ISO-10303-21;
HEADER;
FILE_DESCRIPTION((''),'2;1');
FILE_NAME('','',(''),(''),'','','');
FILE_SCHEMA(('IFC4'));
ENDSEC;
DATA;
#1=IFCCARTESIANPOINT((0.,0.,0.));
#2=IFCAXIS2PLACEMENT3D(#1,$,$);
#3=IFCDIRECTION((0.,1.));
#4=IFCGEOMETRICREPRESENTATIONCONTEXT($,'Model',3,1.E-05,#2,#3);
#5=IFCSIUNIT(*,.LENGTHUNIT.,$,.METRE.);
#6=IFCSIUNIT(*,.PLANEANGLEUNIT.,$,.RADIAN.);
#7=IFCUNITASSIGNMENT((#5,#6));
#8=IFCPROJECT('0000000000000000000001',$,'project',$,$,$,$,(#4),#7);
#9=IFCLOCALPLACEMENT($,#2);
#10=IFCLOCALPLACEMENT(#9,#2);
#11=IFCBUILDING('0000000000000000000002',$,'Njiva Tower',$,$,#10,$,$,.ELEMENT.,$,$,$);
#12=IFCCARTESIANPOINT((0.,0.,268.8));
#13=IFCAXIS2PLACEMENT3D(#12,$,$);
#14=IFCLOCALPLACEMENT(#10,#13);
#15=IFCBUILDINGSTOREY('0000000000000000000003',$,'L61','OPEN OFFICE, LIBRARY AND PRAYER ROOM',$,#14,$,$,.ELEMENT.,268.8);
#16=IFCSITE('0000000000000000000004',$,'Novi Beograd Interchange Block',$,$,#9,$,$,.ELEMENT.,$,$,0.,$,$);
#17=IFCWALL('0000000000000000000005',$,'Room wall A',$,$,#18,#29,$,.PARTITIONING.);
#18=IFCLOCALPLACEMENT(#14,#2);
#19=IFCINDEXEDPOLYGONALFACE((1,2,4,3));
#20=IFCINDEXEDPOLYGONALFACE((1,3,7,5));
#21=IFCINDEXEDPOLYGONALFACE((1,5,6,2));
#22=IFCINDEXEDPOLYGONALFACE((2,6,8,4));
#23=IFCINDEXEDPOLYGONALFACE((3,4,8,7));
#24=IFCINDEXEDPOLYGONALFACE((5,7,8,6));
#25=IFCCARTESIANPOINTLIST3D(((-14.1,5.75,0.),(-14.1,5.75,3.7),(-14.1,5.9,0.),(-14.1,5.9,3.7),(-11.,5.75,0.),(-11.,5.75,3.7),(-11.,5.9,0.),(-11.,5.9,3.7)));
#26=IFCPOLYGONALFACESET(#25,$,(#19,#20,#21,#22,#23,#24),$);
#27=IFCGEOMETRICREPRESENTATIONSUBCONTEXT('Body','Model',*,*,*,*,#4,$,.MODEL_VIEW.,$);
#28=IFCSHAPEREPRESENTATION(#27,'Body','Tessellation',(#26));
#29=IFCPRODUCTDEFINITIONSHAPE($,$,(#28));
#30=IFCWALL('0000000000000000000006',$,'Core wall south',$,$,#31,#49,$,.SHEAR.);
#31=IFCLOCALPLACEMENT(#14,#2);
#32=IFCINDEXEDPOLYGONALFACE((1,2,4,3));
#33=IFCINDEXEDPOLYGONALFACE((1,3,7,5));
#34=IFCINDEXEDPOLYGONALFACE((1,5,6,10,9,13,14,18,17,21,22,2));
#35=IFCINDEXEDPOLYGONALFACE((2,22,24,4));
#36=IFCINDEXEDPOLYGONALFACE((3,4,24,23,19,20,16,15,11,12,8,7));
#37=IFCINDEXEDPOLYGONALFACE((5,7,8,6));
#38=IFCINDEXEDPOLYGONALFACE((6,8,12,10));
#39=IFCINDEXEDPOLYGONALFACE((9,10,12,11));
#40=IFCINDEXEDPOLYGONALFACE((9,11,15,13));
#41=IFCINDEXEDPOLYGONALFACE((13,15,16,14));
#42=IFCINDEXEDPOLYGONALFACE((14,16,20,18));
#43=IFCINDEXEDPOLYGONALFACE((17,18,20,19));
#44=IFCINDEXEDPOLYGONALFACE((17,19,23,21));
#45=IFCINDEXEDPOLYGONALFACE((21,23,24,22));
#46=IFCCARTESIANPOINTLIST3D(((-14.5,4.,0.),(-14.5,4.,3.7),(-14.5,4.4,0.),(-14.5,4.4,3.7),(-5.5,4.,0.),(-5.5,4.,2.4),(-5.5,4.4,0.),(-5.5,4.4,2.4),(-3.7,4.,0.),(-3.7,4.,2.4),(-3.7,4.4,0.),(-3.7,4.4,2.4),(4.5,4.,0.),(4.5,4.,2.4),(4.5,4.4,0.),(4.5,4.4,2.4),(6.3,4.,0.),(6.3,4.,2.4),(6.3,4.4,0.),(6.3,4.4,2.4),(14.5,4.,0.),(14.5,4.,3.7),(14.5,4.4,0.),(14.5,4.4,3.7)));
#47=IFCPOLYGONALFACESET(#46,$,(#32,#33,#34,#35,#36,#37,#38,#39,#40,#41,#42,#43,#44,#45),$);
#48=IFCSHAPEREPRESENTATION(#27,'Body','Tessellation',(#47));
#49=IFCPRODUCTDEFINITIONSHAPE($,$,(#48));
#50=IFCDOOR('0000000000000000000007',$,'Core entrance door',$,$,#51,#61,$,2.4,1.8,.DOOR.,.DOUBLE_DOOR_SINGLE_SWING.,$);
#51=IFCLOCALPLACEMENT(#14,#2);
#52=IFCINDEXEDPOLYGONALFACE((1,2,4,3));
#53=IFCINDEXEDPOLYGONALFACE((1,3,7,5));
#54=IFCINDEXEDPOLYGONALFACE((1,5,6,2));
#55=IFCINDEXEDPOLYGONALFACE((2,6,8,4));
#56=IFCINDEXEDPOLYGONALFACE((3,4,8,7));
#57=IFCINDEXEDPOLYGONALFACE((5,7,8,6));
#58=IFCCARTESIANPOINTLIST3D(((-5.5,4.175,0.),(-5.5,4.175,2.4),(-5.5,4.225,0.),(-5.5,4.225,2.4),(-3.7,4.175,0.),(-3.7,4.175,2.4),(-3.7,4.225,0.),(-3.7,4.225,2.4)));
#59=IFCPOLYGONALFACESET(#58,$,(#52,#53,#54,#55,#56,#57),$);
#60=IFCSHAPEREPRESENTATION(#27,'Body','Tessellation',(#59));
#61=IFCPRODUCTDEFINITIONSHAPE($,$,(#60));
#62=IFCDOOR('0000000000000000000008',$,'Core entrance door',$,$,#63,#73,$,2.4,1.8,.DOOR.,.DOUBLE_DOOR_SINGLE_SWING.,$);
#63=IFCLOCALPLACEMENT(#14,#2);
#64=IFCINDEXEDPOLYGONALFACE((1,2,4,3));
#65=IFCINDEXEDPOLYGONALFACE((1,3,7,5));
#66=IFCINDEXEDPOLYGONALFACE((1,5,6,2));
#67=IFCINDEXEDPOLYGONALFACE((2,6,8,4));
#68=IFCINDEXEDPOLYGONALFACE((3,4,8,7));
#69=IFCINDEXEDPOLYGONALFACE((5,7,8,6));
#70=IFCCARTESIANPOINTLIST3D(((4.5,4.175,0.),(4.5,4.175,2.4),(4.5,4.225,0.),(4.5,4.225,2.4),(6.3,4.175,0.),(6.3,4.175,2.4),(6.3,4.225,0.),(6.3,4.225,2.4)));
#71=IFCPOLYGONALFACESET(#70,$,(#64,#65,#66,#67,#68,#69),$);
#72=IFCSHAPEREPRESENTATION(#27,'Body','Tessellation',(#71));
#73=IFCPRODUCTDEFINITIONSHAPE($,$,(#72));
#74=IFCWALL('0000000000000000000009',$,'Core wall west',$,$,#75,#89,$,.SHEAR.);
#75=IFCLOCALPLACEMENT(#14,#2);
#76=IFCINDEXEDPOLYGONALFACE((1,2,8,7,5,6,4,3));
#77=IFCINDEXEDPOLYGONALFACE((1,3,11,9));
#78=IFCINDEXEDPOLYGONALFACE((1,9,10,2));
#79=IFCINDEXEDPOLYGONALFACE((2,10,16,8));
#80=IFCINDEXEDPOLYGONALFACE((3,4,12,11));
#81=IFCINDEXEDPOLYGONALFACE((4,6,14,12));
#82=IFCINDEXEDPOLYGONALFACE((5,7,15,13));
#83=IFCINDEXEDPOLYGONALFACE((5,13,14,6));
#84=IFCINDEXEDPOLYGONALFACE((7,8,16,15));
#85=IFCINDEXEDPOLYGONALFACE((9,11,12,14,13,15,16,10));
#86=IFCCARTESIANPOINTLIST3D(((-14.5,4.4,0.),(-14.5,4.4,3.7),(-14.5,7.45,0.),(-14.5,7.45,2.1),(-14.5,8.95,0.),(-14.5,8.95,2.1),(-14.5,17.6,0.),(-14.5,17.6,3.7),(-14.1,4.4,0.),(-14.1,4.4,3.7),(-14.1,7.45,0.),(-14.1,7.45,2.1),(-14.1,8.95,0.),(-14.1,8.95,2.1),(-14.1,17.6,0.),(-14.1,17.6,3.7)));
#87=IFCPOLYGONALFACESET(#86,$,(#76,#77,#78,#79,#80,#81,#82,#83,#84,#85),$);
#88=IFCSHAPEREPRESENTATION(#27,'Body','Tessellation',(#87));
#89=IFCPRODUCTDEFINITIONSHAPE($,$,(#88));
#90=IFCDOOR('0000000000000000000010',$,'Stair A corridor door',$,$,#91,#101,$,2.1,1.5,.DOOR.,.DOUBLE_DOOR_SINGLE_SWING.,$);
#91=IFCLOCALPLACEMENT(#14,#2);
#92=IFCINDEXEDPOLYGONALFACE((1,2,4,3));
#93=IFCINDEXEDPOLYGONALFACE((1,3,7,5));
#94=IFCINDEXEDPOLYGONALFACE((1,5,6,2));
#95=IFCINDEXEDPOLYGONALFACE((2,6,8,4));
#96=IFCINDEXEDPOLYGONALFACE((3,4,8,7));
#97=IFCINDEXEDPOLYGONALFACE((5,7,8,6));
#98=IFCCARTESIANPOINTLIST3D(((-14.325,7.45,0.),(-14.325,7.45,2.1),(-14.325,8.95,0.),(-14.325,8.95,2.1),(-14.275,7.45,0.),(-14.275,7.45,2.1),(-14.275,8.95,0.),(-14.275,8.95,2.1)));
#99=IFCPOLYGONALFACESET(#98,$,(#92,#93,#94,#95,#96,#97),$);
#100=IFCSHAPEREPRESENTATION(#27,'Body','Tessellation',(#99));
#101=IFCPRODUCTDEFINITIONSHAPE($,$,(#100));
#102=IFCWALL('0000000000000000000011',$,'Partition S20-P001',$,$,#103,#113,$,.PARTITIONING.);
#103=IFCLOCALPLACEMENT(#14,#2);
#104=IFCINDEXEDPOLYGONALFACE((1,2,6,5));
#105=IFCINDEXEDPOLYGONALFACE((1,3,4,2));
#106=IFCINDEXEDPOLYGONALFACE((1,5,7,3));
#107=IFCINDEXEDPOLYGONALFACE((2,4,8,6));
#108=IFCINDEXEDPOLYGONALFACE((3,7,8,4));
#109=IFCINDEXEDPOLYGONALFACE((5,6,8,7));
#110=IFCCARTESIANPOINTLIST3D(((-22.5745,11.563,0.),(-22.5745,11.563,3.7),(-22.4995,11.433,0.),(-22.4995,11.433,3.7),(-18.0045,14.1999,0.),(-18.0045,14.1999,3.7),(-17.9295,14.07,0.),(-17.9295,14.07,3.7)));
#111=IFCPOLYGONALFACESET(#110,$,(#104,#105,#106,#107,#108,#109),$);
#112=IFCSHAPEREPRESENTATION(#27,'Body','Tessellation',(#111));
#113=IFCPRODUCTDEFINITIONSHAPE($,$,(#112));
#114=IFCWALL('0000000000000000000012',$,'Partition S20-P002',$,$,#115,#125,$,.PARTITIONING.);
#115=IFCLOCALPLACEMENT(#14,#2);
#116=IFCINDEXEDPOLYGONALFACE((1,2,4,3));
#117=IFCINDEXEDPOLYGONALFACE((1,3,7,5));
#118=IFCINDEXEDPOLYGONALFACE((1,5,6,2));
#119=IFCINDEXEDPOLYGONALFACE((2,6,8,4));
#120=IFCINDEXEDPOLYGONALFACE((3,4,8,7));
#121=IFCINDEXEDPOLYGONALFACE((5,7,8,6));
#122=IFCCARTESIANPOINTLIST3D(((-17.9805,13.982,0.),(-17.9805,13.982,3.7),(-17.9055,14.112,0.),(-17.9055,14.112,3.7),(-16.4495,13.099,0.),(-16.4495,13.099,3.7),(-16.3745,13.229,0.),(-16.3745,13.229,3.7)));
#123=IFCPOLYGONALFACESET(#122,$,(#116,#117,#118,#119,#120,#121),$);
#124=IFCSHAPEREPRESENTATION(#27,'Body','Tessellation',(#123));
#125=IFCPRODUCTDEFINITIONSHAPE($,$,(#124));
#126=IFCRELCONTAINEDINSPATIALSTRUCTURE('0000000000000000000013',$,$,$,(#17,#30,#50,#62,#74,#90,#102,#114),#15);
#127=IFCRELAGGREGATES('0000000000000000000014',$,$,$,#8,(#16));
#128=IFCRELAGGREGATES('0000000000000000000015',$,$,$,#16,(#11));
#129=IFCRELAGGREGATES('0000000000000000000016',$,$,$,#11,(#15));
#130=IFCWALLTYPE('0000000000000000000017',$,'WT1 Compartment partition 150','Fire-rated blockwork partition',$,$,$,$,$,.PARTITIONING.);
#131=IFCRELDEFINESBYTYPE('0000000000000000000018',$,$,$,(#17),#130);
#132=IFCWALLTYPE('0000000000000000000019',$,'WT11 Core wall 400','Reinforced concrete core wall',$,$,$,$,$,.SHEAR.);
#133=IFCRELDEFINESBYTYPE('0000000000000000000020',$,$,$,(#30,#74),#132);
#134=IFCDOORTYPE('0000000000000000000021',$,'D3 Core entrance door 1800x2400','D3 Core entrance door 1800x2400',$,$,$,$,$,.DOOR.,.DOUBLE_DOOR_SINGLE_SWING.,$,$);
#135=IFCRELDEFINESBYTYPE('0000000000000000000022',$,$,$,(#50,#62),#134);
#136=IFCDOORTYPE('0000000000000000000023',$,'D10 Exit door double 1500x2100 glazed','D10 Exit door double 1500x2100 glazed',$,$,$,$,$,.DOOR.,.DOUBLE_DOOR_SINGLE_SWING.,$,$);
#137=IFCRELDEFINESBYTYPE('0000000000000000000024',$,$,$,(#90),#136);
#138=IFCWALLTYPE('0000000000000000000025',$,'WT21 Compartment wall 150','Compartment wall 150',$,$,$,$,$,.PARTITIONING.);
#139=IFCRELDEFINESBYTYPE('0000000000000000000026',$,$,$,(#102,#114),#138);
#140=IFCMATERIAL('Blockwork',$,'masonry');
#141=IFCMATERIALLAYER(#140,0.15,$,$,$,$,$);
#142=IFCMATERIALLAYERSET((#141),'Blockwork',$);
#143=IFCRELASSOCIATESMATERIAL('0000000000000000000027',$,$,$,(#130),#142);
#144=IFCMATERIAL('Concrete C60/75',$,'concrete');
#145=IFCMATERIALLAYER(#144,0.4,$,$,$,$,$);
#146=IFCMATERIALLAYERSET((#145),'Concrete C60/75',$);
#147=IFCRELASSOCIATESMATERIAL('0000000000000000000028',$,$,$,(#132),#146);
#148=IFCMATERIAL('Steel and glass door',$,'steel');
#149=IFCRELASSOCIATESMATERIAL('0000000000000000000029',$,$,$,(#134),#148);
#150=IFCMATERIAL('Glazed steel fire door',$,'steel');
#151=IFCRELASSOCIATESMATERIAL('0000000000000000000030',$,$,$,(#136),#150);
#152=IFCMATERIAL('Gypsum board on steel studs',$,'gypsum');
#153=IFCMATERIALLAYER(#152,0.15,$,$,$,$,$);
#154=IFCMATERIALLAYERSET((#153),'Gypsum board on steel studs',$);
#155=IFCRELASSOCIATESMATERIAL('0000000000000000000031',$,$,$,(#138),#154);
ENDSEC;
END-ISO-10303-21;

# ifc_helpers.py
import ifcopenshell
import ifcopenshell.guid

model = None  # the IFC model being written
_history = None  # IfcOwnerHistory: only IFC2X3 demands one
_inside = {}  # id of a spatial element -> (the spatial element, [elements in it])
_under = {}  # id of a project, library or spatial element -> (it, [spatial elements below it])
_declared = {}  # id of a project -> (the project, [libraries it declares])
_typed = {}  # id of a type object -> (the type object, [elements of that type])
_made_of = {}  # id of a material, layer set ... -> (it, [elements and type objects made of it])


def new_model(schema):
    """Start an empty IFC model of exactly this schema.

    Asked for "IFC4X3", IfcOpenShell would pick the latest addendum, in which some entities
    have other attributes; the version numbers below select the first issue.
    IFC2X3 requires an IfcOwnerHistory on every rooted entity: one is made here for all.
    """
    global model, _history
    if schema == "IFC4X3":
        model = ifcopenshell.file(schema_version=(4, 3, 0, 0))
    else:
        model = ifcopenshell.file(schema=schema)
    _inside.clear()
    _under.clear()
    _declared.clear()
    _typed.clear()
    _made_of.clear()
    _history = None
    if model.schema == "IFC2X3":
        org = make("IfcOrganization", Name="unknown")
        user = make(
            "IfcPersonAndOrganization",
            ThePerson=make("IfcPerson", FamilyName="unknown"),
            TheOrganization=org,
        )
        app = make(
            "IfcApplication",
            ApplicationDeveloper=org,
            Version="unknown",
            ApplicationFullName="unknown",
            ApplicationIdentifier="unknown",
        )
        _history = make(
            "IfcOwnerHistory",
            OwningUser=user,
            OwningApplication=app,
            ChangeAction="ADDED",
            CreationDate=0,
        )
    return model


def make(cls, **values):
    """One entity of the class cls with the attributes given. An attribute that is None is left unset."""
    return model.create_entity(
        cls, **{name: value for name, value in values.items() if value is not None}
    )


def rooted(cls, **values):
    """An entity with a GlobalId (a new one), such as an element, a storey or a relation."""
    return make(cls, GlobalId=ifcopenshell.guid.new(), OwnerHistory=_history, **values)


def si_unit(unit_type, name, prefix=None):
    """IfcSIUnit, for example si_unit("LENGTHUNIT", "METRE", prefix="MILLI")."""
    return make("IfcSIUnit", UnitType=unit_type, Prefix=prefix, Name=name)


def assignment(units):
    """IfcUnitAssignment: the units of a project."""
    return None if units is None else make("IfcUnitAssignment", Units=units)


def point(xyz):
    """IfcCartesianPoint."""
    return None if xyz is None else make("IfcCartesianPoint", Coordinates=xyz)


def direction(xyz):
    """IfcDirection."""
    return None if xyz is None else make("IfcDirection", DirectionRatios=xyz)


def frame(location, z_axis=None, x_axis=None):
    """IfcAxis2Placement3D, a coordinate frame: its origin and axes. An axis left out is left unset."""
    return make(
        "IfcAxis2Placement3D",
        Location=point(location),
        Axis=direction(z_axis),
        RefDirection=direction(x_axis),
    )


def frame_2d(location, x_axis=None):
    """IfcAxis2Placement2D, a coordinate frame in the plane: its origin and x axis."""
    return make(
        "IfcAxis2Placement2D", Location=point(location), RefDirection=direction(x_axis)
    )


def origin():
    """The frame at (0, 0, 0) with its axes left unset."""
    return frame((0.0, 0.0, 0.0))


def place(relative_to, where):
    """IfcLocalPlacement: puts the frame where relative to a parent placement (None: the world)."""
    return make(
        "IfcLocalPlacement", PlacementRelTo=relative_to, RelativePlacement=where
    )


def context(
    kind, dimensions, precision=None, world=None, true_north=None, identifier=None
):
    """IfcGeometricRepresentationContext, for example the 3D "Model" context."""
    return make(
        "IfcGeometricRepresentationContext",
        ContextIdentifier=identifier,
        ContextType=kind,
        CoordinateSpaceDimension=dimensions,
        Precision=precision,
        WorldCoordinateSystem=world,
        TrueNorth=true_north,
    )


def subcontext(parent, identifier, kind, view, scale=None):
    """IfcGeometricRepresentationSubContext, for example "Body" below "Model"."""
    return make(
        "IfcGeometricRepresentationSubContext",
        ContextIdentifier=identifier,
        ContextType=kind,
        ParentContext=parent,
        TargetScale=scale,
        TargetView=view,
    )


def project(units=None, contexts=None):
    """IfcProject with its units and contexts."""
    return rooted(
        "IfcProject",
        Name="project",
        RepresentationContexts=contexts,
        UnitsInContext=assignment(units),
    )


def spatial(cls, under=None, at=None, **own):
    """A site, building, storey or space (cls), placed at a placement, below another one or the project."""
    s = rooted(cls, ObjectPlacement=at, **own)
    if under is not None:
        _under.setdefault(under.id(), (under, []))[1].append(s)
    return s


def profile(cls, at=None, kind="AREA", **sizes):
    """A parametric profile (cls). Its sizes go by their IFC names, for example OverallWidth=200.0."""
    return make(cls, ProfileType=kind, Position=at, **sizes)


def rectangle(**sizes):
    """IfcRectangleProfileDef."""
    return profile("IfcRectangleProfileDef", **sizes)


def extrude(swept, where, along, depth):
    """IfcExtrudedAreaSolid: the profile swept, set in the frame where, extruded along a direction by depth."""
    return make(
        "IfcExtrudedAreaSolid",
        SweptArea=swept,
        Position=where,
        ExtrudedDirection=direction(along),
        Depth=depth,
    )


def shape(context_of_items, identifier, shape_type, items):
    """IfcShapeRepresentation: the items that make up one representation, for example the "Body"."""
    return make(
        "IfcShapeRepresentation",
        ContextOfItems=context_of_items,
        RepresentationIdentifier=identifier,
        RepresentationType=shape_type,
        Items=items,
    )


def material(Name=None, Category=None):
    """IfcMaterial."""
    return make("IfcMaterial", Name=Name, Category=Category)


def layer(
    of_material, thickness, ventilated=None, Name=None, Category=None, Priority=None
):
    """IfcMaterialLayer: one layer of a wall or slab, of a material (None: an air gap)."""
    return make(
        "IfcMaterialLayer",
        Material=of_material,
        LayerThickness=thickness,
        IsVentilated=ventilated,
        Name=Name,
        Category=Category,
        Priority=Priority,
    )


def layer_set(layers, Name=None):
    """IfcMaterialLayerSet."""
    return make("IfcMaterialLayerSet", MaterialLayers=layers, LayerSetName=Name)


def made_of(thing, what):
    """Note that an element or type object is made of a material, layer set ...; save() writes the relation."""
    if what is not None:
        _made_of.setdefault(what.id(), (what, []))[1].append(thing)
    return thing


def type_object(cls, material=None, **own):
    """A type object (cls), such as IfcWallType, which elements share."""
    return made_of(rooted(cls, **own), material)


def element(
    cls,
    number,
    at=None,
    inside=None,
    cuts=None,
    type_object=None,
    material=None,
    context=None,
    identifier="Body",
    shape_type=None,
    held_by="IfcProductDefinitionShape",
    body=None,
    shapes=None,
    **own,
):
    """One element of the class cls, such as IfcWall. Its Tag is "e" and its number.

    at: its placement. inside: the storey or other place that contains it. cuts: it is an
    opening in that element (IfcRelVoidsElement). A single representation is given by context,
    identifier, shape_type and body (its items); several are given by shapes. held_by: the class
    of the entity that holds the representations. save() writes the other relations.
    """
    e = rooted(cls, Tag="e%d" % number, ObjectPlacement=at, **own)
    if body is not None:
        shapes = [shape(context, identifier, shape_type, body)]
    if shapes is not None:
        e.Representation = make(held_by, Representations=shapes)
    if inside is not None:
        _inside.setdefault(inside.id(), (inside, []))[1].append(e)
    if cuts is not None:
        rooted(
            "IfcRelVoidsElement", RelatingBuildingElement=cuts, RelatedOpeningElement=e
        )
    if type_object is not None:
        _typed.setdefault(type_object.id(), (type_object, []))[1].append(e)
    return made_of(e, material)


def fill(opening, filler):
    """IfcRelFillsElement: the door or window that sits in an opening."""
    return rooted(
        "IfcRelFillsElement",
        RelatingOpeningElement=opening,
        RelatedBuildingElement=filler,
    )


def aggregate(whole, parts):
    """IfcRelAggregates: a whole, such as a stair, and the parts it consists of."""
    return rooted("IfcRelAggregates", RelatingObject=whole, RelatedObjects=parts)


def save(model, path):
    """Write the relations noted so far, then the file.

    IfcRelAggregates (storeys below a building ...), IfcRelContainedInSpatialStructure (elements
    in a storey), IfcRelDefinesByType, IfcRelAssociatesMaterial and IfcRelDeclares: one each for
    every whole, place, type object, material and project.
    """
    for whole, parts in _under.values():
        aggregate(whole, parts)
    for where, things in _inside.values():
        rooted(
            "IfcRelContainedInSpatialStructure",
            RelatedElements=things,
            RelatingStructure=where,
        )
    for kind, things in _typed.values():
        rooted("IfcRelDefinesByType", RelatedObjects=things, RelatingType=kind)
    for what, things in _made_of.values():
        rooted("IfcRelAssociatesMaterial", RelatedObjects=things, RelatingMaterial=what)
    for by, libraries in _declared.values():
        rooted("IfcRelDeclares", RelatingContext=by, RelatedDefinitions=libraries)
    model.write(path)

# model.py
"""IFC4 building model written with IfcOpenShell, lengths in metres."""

from ifc_helpers import new_model, si_unit, direction, frame, frame_2d, origin, place, context, subcontext, project, spatial, rectangle, extrude, material, layer, layer_set, type_object, element, fill, save


model = new_model("IFC4")

# Units and contexts
model_context = context("Model", 3, precision=1e-05, world=origin(), true_north=direction((0.0, 1.0)))
body_context = subcontext(model_context, "Body", "Model", "MODEL_VIEW")
ifc_project = project(units=[si_unit("LENGTHUNIT", "METRE"), si_unit("PLANEANGLEUNIT", "RADIAN")], contexts=[model_context])

# Site, building, storey
site_placement = place(None, origin())
site = spatial("IfcSite", under=ifc_project, at=site_placement, Name="Novi Beograd Interchange Block", CompositionType="ELEMENT", RefElevation=0.0)
building_placement = place(site_placement, origin())
building = spatial("IfcBuilding", under=site, at=building_placement, Name="Njiva Tower", CompositionType="ELEMENT")
storey_placement = place(building_placement, frame((0.0, 0.0, 268.8)))
storey = spatial("IfcBuildingStorey", under=building, at=storey_placement, Name="L61", Description="OPEN OFFICE, LIBRARY AND PRAYER ROOM", CompositionType="ELEMENT", Elevation=268.8)

# Wall
ifc_material_1 = material(Name="Blockwork", Category="masonry")
ifc_layer_1 = layer(ifc_material_1, 0.15)
ifc_layer_set_1 = layer_set([ifc_layer_1], Name="Blockwork")
wall_type_1 = type_object("IfcWallType", Name="WT1 Compartment partition 150", Description="Fire-rated blockwork partition", PredefinedType="PARTITIONING", material=ifc_layer_set_1)
wall_1_placement = place(storey_placement, frame((-14.1, 5.825, 0.0), z_axis=(0.0, 0.0, 1.0), x_axis=(1.0, 0.0, 0.0)))
element("IfcWall", 1, at=wall_1_placement, inside=storey, type_object=wall_type_1, Name="Room wall A", PredefinedType="PARTITIONING", context=body_context, shape_type="SweptSolid", body=[
    extrude(rectangle(XDim=3.1, YDim=0.15, at=frame_2d((1.55, 0.0))), origin(), (0.0, 0.0, 1.0), 3.7),
])

# Wall, openings, doors
ifc_material_2 = material(Name="Concrete C60/75", Category="concrete")
ifc_layer_2 = layer(ifc_material_2, 0.4)
ifc_layer_set_2 = layer_set([ifc_layer_2], Name="Concrete C60/75")
wall_type_2 = type_object("IfcWallType", Name="WT11 Core wall 400", Description="Reinforced concrete core wall", PredefinedType="SHEAR", material=ifc_layer_set_2)
wall_2_placement = place(storey_placement, frame((-14.5, 4.2, 0.0), z_axis=(0.0, 0.0, 1.0), x_axis=(1.0, 0.0, 0.0)))
wall_2 = element("IfcWall", 2, at=wall_2_placement, inside=storey, type_object=wall_type_2, Name="Core wall south", PredefinedType="SHEAR", context=body_context, shape_type="SweptSolid", body=[
    extrude(rectangle(XDim=29.0, YDim=0.4, at=frame_2d((14.5, 0.0))), origin(), (0.0, 0.0, 1.0), 3.7),
])
opening_1_placement = place(wall_2_placement, frame((9.0, 0.0, 0.0)))
opening_1 = element("IfcOpeningElement", 3, at=opening_1_placement, cuts=wall_2, PredefinedType="OPENING", context=body_context, shape_type="SweptSolid", body=[
    extrude(rectangle(XDim=1.8, YDim=2.4, at=frame_2d((0.9, 1.2))), frame((0.0, 0.21, 0.0), z_axis=(0.0, -1.0, 0.0), x_axis=(1.0, 0.0, 0.0)), (0.0, 0.0, 1.0), 0.42),
])
opening_2_placement = place(wall_2_placement, frame((19.0, 0.0, 0.0)))
opening_2 = element("IfcOpeningElement", 4, at=opening_2_placement, cuts=wall_2, PredefinedType="OPENING", context=body_context, shape_type="SweptSolid", body=[
    extrude(rectangle(XDim=1.8, YDim=2.4, at=frame_2d((0.9, 1.2))), frame((0.0, 0.21, 0.0), z_axis=(0.0, -1.0, 0.0), x_axis=(1.0, 0.0, 0.0)), (0.0, 0.0, 1.0), 0.42),
])
ifc_material_3 = material(Name="Steel and glass door", Category="steel")
door_type_1 = type_object("IfcDoorType", Name="D3 Core entrance door 1800x2400", Description="D3 Core entrance door 1800x2400", OperationType="DOUBLE_DOOR_SINGLE_SWING", PredefinedType="DOOR", material=ifc_material_3)
door_1_placement = place(opening_1_placement, origin())
door_1 = element("IfcDoor", 5, at=door_1_placement, inside=storey, type_object=door_type_1, Name="Core entrance door", OperationType="DOUBLE_DOOR_SINGLE_SWING", OverallHeight=2.4, OverallWidth=1.8, PredefinedType="DOOR", context=body_context, shape_type="SweptSolid", body=[
    extrude(rectangle(XDim=1.8, YDim=2.4, at=frame_2d((0.9, 1.2))), frame((0.0, 0.025, 0.0), z_axis=(0.0, -1.0, 0.0), x_axis=(1.0, 0.0, 0.0)), (0.0, 0.0, 1.0), 0.05),
])
fill(opening_1, door_1)
door_2_placement = place(opening_2_placement, origin())
door_2 = element("IfcDoor", 6, at=door_2_placement, inside=storey, type_object=door_type_1, Name="Core entrance door", OperationType="DOUBLE_DOOR_SINGLE_SWING", OverallHeight=2.4, OverallWidth=1.8, PredefinedType="DOOR", context=body_context, shape_type="SweptSolid", body=[
    extrude(rectangle(XDim=1.8, YDim=2.4, at=frame_2d((0.9, 1.2))), frame((0.0, 0.025, 0.0), z_axis=(0.0, -1.0, 0.0), x_axis=(1.0, 0.0, 0.0)), (0.0, 0.0, 1.0), 0.05),
])
fill(opening_2, door_2)

# Wall, opening, door
wall_3_placement = place(storey_placement, frame((-14.3, 4.4, 0.0), z_axis=(0.0, 0.0, 1.0), x_axis=(0.0, 1.0, 0.0)))
wall_3 = element("IfcWall", 7, at=wall_3_placement, inside=storey, type_object=wall_type_2, Name="Core wall west", PredefinedType="SHEAR", context=body_context, shape_type="SweptSolid", body=[
    extrude(rectangle(XDim=13.2, YDim=0.4, at=frame_2d((6.6, 0.0))), origin(), (0.0, 0.0, 1.0), 3.7),
])
opening_3_placement = place(wall_3_placement, frame((3.05, 0.0, 0.0)))
opening_3 = element("IfcOpeningElement", 8, at=opening_3_placement, cuts=wall_3, PredefinedType="OPENING", context=body_context, shape_type="SweptSolid", body=[
    extrude(rectangle(XDim=1.5, YDim=2.1, at=frame_2d((0.75, 1.05))), frame((0.0, 0.21, 0.0), z_axis=(0.0, -1.0, 0.0), x_axis=(1.0, 0.0, 0.0)), (0.0, 0.0, 1.0), 0.42),
])
ifc_material_4 = material(Name="Glazed steel fire door", Category="steel")
door_type_2 = type_object("IfcDoorType", Name="D10 Exit door double 1500x2100 glazed", Description="D10 Exit door double 1500x2100 glazed", OperationType="DOUBLE_DOOR_SINGLE_SWING", PredefinedType="DOOR", material=ifc_material_4)
door_3_placement = place(opening_3_placement, origin())
door_3 = element("IfcDoor", 9, at=door_3_placement, inside=storey, type_object=door_type_2, Name="Stair A corridor door", OperationType="DOUBLE_DOOR_SINGLE_SWING", OverallHeight=2.1, OverallWidth=1.5, PredefinedType="DOOR", context=body_context, shape_type="SweptSolid", body=[
    extrude(rectangle(XDim=1.5, YDim=2.1, at=frame_2d((0.75, 1.05))), frame((0.0, 0.025, 0.0), z_axis=(0.0, -1.0, 0.0), x_axis=(1.0, 0.0, 0.0)), (0.0, 0.0, 1.0), 0.05),
])
fill(opening_3, door_3)

# Walls
ifc_material_5 = material(Name="Gypsum board on steel studs", Category="gypsum")
ifc_layer_3 = layer(ifc_material_5, 0.15)
ifc_layer_set_3 = layer_set([ifc_layer_3], Name="Gypsum board on steel studs")
wall_type_3 = type_object("IfcWallType", Name="WT21 Compartment wall 150", Description="Compartment wall 150", PredefinedType="PARTITIONING", material=ifc_layer_set_3)
wall_4_placement = place(storey_placement, frame((-22.537, 11.498, 0.0), z_axis=(0.0, 0.0, 1.0), x_axis=(0.866148, 0.499788, 0.0)))
element("IfcWall", 10, at=wall_4_placement, inside=storey, type_object=wall_type_3, Name="Partition S20-P001", PredefinedType="PARTITIONING", context=body_context, shape_type="SweptSolid", body=[
    extrude(rectangle(XDim=5.2762, YDim=0.15, at=frame_2d((2.6381, 0.0))), origin(), (0.0, 0.0, 1.0), 3.7),
])
wall_5_placement = place(storey_placement, frame((-17.943, 14.047, 0.0), z_axis=(0.0, 0.0, 1.0), x_axis=(0.866252, -0.499608, 0.0)))
element("IfcWall", 11, at=wall_5_placement, inside=storey, type_object=wall_type_3, Name="Partition S20-P002", PredefinedType="PARTITIONING", context=body_context, shape_type="SweptSolid", body=[
    extrude(rectangle(XDim=1.7674, YDim=0.15, at=frame_2d((0.8837, 0.0))), origin(), (0.0, 0.0, 1.0), 3.7),
])

save(model, "model.ifc")
